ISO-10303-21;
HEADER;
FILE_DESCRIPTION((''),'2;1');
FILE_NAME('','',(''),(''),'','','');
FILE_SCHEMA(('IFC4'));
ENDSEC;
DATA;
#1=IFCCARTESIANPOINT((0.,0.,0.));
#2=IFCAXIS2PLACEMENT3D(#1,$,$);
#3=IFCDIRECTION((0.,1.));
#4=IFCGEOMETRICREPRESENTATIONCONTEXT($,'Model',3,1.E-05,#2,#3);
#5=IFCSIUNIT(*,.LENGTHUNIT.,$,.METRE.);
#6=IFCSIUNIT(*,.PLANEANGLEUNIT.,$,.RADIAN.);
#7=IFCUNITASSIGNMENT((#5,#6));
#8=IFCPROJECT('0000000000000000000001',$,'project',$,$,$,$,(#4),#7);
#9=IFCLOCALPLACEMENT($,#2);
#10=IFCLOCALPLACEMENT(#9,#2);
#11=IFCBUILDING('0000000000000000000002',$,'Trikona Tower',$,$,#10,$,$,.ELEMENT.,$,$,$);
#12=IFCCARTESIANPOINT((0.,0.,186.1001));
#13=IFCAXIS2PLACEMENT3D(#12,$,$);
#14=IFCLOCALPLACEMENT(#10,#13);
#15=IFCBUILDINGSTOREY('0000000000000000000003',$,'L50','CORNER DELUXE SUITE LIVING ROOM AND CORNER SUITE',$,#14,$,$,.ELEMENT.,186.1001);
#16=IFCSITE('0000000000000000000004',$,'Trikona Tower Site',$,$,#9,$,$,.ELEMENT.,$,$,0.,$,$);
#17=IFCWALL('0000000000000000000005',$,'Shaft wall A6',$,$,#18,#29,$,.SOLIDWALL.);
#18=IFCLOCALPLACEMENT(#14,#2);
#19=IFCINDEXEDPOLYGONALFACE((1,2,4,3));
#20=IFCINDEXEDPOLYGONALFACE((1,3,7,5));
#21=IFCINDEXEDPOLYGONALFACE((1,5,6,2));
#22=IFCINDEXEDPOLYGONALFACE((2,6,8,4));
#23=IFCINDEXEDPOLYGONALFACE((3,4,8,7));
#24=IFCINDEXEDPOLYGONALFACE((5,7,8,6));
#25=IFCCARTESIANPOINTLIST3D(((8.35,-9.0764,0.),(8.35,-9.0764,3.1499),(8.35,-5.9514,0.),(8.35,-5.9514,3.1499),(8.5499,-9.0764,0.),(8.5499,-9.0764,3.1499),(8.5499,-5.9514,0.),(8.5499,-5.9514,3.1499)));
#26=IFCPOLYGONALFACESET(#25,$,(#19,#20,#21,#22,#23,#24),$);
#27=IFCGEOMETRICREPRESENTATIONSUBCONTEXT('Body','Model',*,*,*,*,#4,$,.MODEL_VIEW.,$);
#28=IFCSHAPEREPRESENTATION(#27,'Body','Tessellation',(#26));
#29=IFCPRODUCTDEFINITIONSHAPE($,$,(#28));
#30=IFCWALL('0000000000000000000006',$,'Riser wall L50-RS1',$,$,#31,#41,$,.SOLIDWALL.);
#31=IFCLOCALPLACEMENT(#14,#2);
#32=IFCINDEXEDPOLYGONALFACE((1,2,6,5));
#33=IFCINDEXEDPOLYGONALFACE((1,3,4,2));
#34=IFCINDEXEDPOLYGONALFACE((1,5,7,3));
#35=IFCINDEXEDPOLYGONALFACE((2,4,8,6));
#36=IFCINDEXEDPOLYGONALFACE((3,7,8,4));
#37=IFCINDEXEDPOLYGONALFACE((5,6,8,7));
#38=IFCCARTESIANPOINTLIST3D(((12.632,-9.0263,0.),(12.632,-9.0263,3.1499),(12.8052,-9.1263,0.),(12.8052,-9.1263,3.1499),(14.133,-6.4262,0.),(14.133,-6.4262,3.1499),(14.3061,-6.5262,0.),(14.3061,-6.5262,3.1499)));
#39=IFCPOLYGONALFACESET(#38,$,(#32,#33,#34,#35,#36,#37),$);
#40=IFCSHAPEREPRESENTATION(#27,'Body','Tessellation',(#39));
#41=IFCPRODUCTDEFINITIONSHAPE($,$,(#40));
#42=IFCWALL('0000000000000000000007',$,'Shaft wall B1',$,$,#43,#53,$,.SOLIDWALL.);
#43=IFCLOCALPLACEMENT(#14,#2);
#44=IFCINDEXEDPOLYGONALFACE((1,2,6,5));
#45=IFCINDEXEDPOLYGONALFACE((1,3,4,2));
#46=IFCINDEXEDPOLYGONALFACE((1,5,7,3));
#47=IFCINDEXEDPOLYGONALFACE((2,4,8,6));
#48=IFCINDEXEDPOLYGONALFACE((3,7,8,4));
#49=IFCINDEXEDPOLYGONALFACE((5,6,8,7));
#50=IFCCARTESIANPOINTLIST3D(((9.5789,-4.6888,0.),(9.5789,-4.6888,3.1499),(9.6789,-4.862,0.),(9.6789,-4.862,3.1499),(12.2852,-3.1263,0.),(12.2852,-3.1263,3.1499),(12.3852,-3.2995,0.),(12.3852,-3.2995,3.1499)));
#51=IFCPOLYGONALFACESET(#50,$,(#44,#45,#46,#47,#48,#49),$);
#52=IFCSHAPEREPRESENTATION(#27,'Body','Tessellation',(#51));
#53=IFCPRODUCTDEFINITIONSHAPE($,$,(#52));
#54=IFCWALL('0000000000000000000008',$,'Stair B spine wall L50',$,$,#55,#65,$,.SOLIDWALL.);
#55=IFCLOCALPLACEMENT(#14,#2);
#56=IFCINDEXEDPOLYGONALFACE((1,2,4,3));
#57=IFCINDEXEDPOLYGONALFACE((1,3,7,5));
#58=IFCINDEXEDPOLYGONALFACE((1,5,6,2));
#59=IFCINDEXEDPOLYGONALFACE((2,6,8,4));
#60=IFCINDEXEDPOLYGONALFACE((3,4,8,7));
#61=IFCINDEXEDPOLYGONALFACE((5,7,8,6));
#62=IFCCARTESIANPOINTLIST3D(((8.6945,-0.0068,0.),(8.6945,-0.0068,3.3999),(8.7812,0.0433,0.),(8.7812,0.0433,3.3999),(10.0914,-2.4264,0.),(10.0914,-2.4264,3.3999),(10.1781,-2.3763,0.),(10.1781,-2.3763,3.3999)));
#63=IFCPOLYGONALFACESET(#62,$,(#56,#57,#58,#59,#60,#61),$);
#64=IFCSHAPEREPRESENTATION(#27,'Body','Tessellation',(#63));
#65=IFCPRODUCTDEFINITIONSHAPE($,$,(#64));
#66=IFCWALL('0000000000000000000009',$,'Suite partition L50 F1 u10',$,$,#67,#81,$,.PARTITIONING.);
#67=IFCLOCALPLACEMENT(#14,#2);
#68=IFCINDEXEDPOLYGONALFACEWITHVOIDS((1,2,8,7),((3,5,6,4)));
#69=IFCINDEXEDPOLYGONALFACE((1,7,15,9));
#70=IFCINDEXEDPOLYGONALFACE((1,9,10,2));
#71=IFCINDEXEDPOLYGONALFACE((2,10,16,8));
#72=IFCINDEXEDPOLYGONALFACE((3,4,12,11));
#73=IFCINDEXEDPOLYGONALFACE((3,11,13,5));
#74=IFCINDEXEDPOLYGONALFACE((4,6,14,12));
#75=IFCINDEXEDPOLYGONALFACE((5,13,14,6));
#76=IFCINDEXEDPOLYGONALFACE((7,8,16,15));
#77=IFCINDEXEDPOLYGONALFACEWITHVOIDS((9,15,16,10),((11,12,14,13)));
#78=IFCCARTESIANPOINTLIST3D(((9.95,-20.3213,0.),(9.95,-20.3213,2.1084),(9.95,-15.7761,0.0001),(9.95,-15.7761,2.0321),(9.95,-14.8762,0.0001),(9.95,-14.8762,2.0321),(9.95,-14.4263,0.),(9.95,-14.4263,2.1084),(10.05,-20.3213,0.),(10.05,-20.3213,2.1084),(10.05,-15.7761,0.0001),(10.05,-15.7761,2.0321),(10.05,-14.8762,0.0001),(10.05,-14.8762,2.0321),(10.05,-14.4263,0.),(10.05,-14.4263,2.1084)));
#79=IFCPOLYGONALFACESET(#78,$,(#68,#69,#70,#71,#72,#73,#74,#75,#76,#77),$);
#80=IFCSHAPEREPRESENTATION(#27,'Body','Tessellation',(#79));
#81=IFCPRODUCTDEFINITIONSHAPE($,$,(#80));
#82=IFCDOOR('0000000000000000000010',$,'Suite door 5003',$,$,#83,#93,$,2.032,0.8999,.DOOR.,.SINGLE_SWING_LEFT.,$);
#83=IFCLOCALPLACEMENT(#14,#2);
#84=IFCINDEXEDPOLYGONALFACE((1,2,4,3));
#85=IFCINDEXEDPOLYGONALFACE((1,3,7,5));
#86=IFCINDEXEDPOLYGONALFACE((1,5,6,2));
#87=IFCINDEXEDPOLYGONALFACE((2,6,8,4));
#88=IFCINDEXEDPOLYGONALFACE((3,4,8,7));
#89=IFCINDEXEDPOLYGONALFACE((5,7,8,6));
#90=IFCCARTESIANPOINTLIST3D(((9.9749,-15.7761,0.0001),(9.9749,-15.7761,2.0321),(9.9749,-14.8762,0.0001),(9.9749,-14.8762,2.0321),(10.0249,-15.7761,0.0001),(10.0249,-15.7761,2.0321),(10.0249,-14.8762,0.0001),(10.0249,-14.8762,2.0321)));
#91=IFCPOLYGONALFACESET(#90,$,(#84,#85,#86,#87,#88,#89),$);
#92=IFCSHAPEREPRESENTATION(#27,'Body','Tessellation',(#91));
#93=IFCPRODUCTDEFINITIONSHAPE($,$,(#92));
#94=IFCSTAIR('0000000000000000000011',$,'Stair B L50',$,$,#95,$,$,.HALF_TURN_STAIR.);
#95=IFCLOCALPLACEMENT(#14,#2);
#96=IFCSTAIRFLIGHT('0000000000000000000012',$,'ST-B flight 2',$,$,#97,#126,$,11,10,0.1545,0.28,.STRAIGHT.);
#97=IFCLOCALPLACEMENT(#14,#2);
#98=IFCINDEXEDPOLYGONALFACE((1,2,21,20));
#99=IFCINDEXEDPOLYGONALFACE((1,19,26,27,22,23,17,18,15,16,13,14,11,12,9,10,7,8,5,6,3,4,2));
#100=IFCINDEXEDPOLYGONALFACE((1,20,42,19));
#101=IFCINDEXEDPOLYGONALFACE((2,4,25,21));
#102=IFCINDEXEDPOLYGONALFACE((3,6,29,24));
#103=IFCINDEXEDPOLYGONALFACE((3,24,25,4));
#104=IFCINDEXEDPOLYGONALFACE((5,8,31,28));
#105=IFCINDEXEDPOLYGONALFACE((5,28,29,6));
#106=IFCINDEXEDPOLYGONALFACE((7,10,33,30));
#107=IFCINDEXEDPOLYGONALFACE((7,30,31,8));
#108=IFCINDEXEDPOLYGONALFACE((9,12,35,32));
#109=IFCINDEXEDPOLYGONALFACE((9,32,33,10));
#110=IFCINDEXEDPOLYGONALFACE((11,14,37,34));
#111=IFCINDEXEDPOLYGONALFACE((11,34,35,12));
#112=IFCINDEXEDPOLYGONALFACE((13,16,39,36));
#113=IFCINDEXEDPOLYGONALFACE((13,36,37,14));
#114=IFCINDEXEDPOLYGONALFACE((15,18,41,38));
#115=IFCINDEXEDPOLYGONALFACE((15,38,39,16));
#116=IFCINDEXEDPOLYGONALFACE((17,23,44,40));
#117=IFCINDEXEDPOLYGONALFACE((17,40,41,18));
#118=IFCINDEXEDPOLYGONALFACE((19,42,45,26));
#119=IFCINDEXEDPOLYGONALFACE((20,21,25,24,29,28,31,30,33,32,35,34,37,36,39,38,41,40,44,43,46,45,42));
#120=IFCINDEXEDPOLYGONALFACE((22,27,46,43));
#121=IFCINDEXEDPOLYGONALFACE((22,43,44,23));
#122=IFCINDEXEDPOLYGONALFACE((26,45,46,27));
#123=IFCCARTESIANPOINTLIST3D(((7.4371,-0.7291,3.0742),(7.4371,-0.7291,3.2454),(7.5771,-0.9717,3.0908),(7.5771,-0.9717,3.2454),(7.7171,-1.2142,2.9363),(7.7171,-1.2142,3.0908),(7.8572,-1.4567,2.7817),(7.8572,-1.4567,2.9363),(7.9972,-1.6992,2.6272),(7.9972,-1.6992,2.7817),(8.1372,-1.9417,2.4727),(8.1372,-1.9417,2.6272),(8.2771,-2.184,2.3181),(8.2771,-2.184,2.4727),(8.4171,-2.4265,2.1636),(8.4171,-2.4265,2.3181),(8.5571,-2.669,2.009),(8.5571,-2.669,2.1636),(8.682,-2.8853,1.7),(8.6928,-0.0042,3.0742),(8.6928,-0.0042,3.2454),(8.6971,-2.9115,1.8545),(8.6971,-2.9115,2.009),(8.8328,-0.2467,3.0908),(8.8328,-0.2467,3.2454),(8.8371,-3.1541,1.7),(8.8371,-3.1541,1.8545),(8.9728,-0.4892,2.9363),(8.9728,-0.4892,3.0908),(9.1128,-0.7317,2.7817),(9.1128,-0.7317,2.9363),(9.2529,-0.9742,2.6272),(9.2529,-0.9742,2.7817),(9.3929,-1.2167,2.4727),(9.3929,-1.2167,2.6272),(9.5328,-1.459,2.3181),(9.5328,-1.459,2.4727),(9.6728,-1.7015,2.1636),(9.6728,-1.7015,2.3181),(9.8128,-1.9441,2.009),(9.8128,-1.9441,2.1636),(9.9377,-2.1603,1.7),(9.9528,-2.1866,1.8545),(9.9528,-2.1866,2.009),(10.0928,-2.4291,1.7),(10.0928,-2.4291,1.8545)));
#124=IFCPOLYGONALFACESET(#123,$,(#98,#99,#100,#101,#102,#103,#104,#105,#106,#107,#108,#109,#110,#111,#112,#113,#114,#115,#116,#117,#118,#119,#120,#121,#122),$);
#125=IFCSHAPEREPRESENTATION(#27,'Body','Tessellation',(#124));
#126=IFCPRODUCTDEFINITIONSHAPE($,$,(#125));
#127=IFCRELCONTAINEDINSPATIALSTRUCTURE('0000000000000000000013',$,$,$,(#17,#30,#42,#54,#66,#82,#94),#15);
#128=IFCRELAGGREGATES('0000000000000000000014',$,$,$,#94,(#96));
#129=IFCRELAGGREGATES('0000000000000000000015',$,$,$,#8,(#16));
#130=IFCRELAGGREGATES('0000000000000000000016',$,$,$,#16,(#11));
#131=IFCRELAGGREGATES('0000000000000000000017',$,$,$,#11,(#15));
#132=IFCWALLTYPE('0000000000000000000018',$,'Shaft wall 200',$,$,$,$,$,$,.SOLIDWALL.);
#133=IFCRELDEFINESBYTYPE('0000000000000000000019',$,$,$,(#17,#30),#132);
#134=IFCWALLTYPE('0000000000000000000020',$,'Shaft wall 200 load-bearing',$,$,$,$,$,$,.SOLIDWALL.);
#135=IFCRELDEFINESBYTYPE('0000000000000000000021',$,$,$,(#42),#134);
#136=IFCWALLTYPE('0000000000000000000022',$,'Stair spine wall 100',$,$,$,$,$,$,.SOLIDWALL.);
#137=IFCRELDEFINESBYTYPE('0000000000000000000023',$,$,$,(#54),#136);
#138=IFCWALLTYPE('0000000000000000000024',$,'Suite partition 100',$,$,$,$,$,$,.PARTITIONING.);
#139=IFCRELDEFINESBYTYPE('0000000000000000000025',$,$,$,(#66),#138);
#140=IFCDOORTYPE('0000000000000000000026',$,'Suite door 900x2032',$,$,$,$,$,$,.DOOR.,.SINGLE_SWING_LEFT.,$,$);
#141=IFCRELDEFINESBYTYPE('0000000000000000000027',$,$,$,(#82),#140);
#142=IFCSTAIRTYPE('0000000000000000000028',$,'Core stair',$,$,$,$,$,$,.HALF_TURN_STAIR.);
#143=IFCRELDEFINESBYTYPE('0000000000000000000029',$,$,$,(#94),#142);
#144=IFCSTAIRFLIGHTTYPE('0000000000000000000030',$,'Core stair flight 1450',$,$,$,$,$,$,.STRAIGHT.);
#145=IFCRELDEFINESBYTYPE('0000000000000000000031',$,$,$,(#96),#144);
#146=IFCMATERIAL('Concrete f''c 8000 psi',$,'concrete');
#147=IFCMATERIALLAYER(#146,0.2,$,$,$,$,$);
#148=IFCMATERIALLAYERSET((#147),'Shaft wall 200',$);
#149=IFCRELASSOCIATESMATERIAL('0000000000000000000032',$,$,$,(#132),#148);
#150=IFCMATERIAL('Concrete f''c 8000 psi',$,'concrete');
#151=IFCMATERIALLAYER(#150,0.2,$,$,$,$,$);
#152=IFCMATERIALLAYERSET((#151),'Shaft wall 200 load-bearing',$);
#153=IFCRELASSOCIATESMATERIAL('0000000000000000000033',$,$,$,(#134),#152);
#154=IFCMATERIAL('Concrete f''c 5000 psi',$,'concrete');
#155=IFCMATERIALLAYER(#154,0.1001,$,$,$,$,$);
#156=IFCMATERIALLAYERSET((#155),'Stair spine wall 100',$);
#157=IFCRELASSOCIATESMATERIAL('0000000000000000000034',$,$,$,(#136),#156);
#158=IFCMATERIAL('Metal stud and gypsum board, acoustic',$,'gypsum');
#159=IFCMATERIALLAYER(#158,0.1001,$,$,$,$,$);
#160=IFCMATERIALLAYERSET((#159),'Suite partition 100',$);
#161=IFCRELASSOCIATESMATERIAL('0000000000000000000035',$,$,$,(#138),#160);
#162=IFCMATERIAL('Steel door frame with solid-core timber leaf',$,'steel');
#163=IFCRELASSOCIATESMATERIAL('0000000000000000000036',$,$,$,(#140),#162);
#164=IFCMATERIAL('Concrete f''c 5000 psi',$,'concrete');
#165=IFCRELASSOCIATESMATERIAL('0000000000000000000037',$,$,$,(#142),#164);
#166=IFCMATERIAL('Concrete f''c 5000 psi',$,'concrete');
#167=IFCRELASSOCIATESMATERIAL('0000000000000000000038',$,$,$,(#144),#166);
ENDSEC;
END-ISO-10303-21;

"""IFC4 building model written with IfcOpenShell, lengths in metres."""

from ifc_helpers import new_model, si_unit, direction, frame, frame_2d, origin, place, context, subcontext, project, spatial, polyline, rectangle, outline, extrude, material, layer, layer_set, type_object, element, fill, aggregate, save


model = new_model("IFC4")

# Units and contexts
model_context = context("Model", 3, precision=1e-05, world=origin(), true_north=direction((0.0, 1.0)))
body_context = subcontext(model_context, "Body", "Model", "MODEL_VIEW")
ifc_project = project(units=[si_unit("LENGTHUNIT", "METRE"), si_unit("PLANEANGLEUNIT", "RADIAN")], contexts=[model_context])

# Site, building, storey
site_placement = place(None, origin())
site = spatial("IfcSite", under=ifc_project, at=site_placement, Name="Trikona Tower Site", CompositionType="ELEMENT", RefElevation=0.0)
building_placement = place(site_placement, origin())
building = spatial("IfcBuilding", under=site, at=building_placement, Name="Trikona Tower", CompositionType="ELEMENT")
storey_placement = place(building_placement, frame((0.0, 0.0, 186.1001)))
storey = spatial("IfcBuildingStorey", under=building, at=storey_placement, Name="L50", Description="CORNER DELUXE SUITE LIVING ROOM AND CORNER SUITE", CompositionType="ELEMENT", Elevation=186.1001)

# Walls
ifc_material_1 = material(Name="Concrete f'c 8000 psi", Category="concrete")
ifc_layer_1 = layer(ifc_material_1, 0.2)
ifc_layer_set_1 = layer_set([ifc_layer_1], Name="Shaft wall 200")
wall_type_1 = type_object("IfcWallType", Name="Shaft wall 200", PredefinedType="SOLIDWALL", material=ifc_layer_set_1)
for number, where, z_axis, x_axis, name in (
    (1, (8.45, -5.9514, 0.0), (0.0, 0.0, 1.0), (0.0, -1.0, 0.0), "Shaft wall A6"),
):
    element("IfcWall", number, at=place(storey_placement, frame(where, z_axis=z_axis, x_axis=x_axis)), inside=storey, type_object=wall_type_1, Name=name, PredefinedType="SOLIDWALL", context=body_context, shape_type="SweptSolid", body=[
        extrude(rectangle(XDim=3.125, YDim=0.2, at=frame_2d((1.5625, 0.0))), origin(), (0.0, 0.0, 1.0), 3.1499),
    ])
wall_1_placement = place(storey_placement, frame((14.2195, -6.4763, 0.0), z_axis=(0.0, 0.0, 1.0), x_axis=(-0.499952, -0.866053, 0.0)))
element("IfcWall", 2, at=wall_1_placement, inside=storey, type_object=wall_type_1, Name="Riser wall L50-RS1", PredefinedType="SOLIDWALL", context=body_context, shape_type="SweptSolid", body=[
    extrude(rectangle(XDim=3.0022, YDim=0.2, at=frame_2d((1.501, 0.0))), origin(), (0.0, 0.0, 1.0), 3.1499),
])
ifc_material_2 = material(Name="Concrete f'c 8000 psi", Category="concrete")
ifc_layer_2 = layer(ifc_material_2, 0.2)
ifc_layer_set_2 = layer_set([ifc_layer_2], Name="Shaft wall 200 load-bearing")
wall_type_2 = type_object("IfcWallType", Name="Shaft wall 200 load-bearing", PredefinedType="SOLIDWALL", material=ifc_layer_set_2)
wall_2_placement = place(storey_placement, frame((9.6289, -4.7754, 0.0), z_axis=(0.0, 0.0, 1.0), x_axis=(0.866023, 0.500004, 0.0)))
element("IfcWall", 3, at=wall_2_placement, inside=storey, type_object=wall_type_2, Name="Shaft wall B1", PredefinedType="SOLIDWALL", context=body_context, shape_type="SweptSolid", body=[
    extrude(rectangle(XDim=3.125, YDim=0.2, at=frame_2d((1.5625, 0.0))), origin(), (0.0, 0.0, 1.0), 3.1499),
])
ifc_material_3 = material(Name="Concrete f'c 5000 psi", Category="concrete")
ifc_layer_3 = layer(ifc_material_3, 0.1001)
ifc_layer_set_3 = layer_set([ifc_layer_3], Name="Stair spine wall 100")
wall_type_3 = type_object("IfcWallType", Name="Stair spine wall 100", PredefinedType="SOLIDWALL", material=ifc_layer_set_3)
wall_3_placement = place(storey_placement, frame((10.1348, -2.4014, 0.0), z_axis=(0.0, 0.0, 1.0), x_axis=(-0.499992, 0.86603, 0.0)))
element("IfcWall", 4, at=wall_3_placement, inside=storey, type_object=wall_type_3, Name="Stair B spine wall L50", PredefinedType="SOLIDWALL", context=body_context, shape_type="SweptSolid", body=[
    extrude(rectangle(XDim=2.7939, YDim=0.1001, at=frame_2d((1.397, 0.0))), origin(), (0.0, 0.0, 1.0), 3.3999),
])

# Wall, opening, door
ifc_material_4 = material(Name="Metal stud and gypsum board, acoustic", Category="gypsum")
ifc_layer_4 = layer(ifc_material_4, 0.1001)
ifc_layer_set_4 = layer_set([ifc_layer_4], Name="Suite partition 100")
wall_type_4 = type_object("IfcWallType", Name="Suite partition 100", PredefinedType="PARTITIONING", material=ifc_layer_set_4)
wall_4_placement = place(storey_placement, frame((10.0, -14.4263, 0.0), z_axis=(0.0, 0.0, 1.0), x_axis=(0.0, -1.0, 0.0)))
wall_4 = element("IfcWall", 5, at=wall_4_placement, inside=storey, type_object=wall_type_4, Name="Suite partition L50 F1 u10", PredefinedType="PARTITIONING", context=body_context, shape_type="SweptSolid", body=[
    extrude(rectangle(XDim=5.895, YDim=0.1001, at=frame_2d((2.9475, 0.0))), origin(), (0.0, 0.0, 1.0), 2.1084),
])
opening_1_placement = place(wall_4_placement, frame((0.45, 0.0, 0.0)))
opening_1 = element("IfcOpeningElement", 6, at=opening_1_placement, cuts=wall_4, PredefinedType="OPENING", context=body_context, shape_type="SweptSolid", body=[
    extrude(rectangle(XDim=0.8999, YDim=2.032, at=frame_2d((0.45, 1.0161))), frame((0.0, 0.0601, 0.0), z_axis=(0.0, -1.0, 0.0), x_axis=(1.0, 0.0, 0.0)), (0.0, 0.0, 1.0), 0.1201),
])
ifc_material_5 = material(Name="Steel door frame with solid-core timber leaf", Category="steel")
door_type_1 = type_object("IfcDoorType", Name="Suite door 900x2032", OperationType="SINGLE_SWING_LEFT", PredefinedType="DOOR", material=ifc_material_5)
door_1_placement = place(opening_1_placement, origin())
door_1 = element("IfcDoor", 7, at=door_1_placement, inside=storey, type_object=door_type_1, Name="Suite door 5003", OperationType="SINGLE_SWING_LEFT", OverallHeight=2.032, OverallWidth=0.8999, PredefinedType="DOOR", context=body_context, shape_type="SweptSolid", body=[
    extrude(rectangle(XDim=0.8999, YDim=2.032, at=frame_2d((0.45, 1.0161))), frame((0.0, 0.0249, 0.0), z_axis=(0.0, -1.0, 0.0), x_axis=(1.0, 0.0, 0.0)), (0.0, 0.0, 1.0), 0.05),
])
fill(opening_1, door_1)

# Stair, stair flight
ifc_material_6 = material(Name="Concrete f'c 5000 psi", Category="concrete")
stair_type = type_object("IfcStairType", Name="Core stair", PredefinedType="HALF_TURN_STAIR", material=ifc_material_6)
stair_placement = place(storey_placement, origin())
stair = element("IfcStair", 8, at=stair_placement, inside=storey, type_object=stair_type, Name="Stair B L50", PredefinedType="HALF_TURN_STAIR")
ifc_material_7 = material(Name="Concrete f'c 5000 psi", Category="concrete")
stair_flight_type = type_object("IfcStairFlightType", Name="Core stair flight 1450", PredefinedType="STRAIGHT", material=ifc_material_7)
stair_flight_placement = place(storey_placement, frame((9.4651, -2.7915, 1.7), z_axis=(0.0, 0.0, 1.0), x_axis=(-0.5, 0.866025, 0.0)))
stair_flight = element("IfcStairFlight", 9, at=stair_flight_placement, type_object=stair_flight_type, Name="ST-B flight 2", NumberOfRisers=11, NumberOfTreads=10, PredefinedType="STRAIGHT", RiserHeight=0.1545, TreadLength=0.28, context=body_context, shape_type="SweptSolid", body=[
    extrude(outline(polyline([(0.0, 0.0), (0.0, 0.1545), (0.28, 0.1545), (0.28, 0.3091), (0.5601, 0.3091), (0.5601, 0.4636), (0.8401, 0.4636), (0.8401, 0.6182), (1.1201, 0.6182), (1.1201, 0.7727), (1.3999, 0.7727), (1.3999, 0.9272), (1.6799, 0.9272), (1.6799, 1.0818), (1.96, 1.0818), (1.96, 1.2363), (2.24, 1.2363), (2.24, 1.3909), (2.52, 1.3909), (2.52, 1.5454), (2.8, 1.5454), (2.8, 1.7), (2.8, 1.3743), (0.3103, 0.0), (0.0, 0.0)])), frame((0.0, 0.7251, 0.0), z_axis=(0.0, -1.0, 0.0), x_axis=(1.0, 0.0, 0.0)), (0.0, 0.0, 1.0), 1.45),
])
aggregate(stair, [stair_flight])

save(model, "model.ifc")
